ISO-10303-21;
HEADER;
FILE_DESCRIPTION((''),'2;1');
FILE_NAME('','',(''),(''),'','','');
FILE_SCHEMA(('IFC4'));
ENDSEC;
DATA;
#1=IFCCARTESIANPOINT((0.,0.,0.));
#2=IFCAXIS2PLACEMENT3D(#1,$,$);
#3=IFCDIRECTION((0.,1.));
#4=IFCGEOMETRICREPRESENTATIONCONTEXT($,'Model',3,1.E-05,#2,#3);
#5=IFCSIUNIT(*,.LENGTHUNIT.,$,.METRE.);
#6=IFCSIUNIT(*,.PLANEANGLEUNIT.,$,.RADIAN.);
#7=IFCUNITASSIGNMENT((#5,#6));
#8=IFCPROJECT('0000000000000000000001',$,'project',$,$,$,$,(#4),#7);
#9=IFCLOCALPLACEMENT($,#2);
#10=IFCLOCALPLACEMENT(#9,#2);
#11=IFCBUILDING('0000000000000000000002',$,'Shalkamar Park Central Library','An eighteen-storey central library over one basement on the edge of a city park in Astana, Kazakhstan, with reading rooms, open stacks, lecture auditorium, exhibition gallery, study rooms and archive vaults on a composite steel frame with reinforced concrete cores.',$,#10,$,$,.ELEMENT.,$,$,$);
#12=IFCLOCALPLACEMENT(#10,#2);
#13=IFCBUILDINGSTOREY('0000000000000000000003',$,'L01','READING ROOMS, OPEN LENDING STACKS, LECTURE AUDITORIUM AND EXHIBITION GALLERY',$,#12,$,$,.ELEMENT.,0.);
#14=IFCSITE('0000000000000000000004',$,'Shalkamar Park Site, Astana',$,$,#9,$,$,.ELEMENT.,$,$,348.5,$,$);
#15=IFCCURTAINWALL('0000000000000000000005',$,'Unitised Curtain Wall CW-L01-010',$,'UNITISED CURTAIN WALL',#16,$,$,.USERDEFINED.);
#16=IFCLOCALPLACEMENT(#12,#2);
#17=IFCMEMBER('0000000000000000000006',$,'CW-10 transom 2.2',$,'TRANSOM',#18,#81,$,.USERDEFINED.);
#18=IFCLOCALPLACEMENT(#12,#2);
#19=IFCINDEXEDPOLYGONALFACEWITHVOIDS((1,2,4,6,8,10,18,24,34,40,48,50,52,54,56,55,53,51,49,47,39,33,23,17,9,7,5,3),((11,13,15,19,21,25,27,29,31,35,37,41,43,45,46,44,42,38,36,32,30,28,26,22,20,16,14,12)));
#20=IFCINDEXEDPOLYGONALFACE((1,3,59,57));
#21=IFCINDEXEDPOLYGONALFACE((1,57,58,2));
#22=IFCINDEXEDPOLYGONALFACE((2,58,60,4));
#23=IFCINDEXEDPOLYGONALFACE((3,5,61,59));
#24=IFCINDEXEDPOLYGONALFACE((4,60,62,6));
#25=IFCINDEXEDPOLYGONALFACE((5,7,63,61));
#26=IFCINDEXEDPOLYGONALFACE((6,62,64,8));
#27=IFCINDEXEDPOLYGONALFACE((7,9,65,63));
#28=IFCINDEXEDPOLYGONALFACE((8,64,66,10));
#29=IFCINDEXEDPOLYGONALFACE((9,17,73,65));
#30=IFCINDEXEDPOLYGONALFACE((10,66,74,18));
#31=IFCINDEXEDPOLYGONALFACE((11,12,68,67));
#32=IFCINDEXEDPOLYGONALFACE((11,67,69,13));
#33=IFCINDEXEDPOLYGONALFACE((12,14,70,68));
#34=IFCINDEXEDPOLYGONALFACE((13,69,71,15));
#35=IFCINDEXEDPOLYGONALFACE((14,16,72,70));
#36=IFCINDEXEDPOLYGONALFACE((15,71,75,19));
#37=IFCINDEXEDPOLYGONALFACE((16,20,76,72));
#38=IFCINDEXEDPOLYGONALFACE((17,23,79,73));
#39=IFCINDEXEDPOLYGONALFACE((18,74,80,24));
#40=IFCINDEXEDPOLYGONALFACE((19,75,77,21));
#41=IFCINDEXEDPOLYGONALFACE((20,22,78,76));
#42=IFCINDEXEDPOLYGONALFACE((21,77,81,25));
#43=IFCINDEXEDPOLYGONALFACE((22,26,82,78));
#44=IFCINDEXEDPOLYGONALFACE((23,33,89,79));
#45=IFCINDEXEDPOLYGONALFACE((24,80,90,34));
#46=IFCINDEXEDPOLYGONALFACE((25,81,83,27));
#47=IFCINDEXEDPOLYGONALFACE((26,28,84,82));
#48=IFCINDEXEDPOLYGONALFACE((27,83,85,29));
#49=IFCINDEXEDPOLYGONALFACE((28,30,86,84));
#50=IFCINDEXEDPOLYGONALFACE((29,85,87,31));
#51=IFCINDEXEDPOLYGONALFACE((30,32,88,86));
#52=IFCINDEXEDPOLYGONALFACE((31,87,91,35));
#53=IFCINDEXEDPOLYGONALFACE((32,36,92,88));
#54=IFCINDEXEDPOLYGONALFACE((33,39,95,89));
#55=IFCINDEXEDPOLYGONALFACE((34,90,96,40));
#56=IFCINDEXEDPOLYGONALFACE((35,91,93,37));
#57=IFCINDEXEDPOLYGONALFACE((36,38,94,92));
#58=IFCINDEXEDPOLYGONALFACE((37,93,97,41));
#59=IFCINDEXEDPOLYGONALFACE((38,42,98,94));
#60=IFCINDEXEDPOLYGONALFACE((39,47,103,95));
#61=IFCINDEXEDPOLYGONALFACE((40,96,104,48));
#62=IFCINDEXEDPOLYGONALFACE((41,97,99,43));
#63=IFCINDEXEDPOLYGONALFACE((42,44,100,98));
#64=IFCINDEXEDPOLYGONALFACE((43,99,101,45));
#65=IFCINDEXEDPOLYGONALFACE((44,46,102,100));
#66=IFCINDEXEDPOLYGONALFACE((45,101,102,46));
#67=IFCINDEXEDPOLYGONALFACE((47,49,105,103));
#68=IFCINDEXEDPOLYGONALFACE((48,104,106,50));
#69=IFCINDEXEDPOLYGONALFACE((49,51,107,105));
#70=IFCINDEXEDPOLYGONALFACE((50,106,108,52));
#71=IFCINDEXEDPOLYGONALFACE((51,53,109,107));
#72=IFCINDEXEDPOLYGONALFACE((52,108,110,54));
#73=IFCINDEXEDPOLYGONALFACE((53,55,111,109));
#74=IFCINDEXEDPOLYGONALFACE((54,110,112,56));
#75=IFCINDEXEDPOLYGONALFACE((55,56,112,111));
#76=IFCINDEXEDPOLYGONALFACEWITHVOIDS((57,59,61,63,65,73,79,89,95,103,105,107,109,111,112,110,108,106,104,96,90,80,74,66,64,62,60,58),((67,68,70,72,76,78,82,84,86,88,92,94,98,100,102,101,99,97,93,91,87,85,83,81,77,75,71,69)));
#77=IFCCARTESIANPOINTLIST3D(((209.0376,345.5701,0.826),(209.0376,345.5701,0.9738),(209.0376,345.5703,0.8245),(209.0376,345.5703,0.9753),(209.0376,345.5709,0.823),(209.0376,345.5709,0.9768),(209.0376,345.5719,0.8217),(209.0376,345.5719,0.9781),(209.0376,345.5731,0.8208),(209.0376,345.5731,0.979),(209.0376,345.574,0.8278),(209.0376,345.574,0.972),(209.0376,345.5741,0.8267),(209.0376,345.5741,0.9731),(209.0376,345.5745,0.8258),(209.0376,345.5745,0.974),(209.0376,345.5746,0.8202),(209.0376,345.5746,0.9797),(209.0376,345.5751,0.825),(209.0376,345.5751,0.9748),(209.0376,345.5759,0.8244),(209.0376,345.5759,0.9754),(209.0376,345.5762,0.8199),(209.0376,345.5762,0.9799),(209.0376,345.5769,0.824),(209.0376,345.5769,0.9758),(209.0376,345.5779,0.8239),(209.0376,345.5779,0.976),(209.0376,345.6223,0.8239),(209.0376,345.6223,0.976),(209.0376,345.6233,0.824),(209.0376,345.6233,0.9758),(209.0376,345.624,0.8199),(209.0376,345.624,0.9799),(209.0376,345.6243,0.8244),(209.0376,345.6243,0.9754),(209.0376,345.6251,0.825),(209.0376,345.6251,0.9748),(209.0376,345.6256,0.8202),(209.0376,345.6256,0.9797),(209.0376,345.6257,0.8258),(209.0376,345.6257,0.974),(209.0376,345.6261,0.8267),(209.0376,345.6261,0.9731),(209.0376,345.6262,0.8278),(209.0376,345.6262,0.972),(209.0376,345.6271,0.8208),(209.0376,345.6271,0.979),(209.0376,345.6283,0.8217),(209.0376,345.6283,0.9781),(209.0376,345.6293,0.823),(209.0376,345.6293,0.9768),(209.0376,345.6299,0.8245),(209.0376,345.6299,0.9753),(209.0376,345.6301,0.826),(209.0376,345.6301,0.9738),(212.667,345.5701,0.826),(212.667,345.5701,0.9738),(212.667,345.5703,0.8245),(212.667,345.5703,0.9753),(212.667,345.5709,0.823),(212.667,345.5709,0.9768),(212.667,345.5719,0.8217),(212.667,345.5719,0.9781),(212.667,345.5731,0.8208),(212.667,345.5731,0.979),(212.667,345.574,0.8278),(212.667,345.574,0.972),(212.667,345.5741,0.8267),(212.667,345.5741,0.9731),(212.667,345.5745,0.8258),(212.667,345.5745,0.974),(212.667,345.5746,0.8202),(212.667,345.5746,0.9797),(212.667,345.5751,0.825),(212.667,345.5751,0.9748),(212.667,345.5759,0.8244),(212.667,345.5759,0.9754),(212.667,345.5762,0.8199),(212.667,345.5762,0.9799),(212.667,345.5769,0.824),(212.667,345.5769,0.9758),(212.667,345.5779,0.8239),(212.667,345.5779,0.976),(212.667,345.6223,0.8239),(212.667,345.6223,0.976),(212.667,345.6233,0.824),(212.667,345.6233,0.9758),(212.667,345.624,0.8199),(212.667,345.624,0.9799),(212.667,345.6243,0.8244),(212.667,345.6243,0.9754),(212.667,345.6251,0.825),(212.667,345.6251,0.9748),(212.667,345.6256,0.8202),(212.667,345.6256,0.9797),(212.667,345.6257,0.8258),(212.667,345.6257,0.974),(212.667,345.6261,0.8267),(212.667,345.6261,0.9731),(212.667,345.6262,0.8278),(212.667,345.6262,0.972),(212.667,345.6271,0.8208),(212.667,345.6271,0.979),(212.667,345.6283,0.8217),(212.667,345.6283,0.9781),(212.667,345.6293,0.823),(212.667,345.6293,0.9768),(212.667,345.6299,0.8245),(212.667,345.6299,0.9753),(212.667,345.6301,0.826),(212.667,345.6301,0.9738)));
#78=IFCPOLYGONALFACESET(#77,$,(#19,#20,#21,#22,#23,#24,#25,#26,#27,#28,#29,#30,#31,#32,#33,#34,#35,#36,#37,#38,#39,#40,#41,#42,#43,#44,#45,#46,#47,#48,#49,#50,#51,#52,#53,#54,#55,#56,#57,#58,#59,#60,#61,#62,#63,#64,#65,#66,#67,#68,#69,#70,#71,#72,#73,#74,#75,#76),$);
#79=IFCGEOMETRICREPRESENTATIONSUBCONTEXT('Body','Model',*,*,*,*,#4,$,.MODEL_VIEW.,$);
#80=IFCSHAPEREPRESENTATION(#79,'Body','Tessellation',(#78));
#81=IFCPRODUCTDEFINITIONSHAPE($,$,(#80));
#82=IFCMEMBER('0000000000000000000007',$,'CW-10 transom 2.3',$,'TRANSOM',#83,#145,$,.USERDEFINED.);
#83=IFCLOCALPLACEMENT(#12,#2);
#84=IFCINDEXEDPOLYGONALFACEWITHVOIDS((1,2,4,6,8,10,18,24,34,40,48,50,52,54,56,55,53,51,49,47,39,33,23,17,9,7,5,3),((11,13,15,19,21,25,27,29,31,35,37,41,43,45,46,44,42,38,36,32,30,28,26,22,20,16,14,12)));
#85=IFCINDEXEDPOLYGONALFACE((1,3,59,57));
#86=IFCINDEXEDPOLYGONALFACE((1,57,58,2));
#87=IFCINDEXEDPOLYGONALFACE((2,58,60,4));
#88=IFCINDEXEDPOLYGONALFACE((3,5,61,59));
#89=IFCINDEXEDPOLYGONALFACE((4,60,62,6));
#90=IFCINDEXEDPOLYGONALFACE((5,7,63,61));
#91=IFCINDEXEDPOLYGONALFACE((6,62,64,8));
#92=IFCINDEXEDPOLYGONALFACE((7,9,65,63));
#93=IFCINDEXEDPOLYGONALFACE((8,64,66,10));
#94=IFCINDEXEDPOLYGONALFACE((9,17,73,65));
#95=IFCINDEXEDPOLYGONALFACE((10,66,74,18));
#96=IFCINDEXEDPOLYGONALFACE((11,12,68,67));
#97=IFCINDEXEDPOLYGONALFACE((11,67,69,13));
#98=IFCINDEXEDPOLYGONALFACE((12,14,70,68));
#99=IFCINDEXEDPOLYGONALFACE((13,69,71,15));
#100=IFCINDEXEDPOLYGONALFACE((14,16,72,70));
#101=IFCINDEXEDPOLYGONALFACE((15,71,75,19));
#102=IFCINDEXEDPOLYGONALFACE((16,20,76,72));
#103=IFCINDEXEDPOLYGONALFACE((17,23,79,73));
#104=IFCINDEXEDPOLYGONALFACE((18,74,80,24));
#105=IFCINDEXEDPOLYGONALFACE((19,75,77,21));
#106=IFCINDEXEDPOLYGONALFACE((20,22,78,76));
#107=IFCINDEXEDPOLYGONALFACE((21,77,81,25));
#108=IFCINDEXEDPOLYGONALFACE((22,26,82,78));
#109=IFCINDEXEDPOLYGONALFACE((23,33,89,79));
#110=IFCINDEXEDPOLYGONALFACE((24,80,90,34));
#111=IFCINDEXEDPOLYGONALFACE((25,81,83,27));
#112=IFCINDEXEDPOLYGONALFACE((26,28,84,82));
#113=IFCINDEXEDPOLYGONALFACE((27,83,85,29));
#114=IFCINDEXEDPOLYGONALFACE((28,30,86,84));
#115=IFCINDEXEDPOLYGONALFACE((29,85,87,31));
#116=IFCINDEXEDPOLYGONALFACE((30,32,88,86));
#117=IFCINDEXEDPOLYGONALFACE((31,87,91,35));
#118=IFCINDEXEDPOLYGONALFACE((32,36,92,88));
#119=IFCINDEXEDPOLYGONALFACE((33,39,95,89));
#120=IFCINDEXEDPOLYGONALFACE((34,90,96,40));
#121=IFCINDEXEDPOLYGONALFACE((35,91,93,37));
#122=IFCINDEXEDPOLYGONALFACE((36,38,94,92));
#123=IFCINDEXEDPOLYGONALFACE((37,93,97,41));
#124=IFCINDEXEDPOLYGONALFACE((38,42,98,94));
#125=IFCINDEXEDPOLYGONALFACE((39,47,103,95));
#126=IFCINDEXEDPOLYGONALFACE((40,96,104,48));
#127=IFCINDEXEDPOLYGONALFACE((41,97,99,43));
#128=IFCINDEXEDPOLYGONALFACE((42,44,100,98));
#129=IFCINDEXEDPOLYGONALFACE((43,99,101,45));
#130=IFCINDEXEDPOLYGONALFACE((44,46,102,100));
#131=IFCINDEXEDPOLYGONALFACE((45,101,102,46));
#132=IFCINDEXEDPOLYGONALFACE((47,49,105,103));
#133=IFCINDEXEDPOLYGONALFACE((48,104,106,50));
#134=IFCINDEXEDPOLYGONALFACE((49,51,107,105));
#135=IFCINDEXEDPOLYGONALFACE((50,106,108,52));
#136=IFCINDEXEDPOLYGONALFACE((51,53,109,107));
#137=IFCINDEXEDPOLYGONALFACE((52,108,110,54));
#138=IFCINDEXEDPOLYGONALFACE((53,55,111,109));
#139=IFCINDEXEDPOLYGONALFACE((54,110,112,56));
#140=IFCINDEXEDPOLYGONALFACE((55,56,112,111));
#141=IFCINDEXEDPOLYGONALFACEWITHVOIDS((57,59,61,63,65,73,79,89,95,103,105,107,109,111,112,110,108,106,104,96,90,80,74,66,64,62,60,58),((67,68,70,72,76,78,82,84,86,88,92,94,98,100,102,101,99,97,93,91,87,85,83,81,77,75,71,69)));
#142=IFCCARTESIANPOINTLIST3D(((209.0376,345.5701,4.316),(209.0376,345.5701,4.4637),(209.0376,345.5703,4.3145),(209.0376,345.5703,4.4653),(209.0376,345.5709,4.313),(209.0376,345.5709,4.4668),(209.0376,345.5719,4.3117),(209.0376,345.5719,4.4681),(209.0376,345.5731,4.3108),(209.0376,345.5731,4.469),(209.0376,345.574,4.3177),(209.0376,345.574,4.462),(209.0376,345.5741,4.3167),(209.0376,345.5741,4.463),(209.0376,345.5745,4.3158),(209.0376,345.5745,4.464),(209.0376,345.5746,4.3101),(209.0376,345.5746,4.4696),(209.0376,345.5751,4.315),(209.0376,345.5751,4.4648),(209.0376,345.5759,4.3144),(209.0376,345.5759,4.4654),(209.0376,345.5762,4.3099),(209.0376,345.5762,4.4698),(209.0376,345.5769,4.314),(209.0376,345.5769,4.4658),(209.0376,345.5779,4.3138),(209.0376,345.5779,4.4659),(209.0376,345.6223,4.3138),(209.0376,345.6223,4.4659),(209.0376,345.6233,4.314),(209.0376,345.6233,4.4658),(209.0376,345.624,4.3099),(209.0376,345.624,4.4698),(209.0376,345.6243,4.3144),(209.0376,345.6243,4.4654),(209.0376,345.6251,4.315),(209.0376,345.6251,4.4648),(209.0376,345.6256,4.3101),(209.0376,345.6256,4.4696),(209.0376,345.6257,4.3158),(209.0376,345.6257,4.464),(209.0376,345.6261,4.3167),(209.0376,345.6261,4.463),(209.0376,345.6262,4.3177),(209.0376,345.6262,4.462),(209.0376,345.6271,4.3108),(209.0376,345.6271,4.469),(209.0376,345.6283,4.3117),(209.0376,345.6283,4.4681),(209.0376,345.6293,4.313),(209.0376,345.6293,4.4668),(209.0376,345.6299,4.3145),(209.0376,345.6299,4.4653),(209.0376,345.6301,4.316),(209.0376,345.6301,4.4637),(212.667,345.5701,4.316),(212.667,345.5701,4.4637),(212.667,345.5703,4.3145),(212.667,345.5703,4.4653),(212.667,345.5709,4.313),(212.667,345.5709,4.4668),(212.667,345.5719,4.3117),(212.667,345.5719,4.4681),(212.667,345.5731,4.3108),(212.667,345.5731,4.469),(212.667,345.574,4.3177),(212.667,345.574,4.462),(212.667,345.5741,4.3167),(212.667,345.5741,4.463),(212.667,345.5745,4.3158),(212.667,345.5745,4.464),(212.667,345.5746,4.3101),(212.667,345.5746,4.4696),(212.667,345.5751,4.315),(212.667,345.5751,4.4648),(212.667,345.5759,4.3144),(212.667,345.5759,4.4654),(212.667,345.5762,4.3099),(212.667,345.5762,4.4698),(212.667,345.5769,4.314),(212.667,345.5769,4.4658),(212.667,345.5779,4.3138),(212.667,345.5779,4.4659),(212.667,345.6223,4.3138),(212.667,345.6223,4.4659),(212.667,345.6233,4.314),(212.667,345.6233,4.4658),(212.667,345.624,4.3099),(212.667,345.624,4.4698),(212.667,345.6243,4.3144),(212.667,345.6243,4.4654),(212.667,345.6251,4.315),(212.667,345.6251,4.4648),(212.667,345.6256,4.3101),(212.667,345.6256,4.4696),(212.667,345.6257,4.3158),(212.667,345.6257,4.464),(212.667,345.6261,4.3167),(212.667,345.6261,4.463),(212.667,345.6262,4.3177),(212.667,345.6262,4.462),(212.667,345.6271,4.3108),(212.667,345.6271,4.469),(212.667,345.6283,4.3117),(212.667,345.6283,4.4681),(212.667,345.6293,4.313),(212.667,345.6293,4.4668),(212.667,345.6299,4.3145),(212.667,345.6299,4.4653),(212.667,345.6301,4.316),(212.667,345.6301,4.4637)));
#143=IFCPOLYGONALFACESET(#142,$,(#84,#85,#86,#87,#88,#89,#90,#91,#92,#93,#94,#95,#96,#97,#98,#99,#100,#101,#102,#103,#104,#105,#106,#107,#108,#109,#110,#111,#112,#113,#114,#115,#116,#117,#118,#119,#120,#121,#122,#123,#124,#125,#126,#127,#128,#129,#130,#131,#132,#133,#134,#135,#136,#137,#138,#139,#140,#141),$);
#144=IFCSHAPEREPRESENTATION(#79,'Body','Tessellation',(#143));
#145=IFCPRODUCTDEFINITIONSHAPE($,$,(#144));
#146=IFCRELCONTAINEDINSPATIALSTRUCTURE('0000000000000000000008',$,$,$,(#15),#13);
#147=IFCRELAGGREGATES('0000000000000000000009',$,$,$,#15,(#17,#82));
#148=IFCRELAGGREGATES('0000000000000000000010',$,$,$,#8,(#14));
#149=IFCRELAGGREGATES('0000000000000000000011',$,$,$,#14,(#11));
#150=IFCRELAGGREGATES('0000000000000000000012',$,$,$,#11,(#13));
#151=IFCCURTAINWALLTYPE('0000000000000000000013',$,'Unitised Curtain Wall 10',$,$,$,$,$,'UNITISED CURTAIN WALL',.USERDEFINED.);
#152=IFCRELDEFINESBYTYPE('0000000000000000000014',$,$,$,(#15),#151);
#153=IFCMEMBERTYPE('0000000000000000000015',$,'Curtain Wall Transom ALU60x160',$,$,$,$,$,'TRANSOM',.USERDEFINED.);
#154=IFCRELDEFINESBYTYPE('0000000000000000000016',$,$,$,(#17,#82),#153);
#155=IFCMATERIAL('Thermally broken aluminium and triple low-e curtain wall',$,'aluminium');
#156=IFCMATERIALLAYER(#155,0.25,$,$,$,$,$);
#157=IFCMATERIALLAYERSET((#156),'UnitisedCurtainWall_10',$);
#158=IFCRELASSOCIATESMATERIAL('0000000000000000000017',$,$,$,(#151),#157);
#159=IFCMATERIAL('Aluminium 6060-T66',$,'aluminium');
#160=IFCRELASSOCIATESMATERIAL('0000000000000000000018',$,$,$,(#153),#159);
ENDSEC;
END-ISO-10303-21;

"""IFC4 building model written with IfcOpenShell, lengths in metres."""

from ifc_helpers import new_model, si_unit, direction, frame, origin, origin_2d, place, context, subcontext, project, spatial, hollow_rectangle, extrude, material, layer, layer_set, material_profile, profile_set, type_object, element, aggregate, save


model = new_model("IFC4")

# Units and contexts
model_context = context("Model", 3, precision=1e-05, world=origin(), true_north=direction((0.0, 1.0)))
body_context = subcontext(model_context, "Body", "Model", "MODEL_VIEW")
ifc_project = project(units=[si_unit("LENGTHUNIT", "METRE"), si_unit("PLANEANGLEUNIT", "RADIAN")], contexts=[model_context])

# Site, building, storey
site_placement = place(None, origin())
site = spatial("IfcSite", under=ifc_project, at=site_placement, Name="Shalkamar Park Site, Astana", CompositionType="ELEMENT", RefElevation=348.5)
building_placement = place(site_placement, origin())
building = spatial("IfcBuilding", under=site, at=building_placement, Name="Shalkamar Park Central Library", Description="An eighteen-storey central library over one basement on the edge of a city park in Astana, Kazakhstan, with reading rooms, open stacks, lecture auditorium, exhibition gallery, study rooms and archive vaults on a composite steel frame with reinforced concrete cores.", CompositionType="ELEMENT")
storey_placement = place(building_placement, origin())
storey = spatial("IfcBuildingStorey", under=building, at=storey_placement, Name="L01", Description="READING ROOMS, OPEN LENDING STACKS, LECTURE AUDITORIUM AND EXHIBITION GALLERY", CompositionType="ELEMENT", Elevation=0.0)

# Curtain wall, members
ifc_material_1 = material(Name="Thermally broken aluminium and triple low-e curtain wall", Category="aluminium")
ifc_layer_1 = layer(ifc_material_1, 0.25)
ifc_layer_set_1 = layer_set([ifc_layer_1], Name="UnitisedCurtainWall_10")
curtain_wall_type = type_object("IfcCurtainWallType", Name="Unitised Curtain Wall 10", ElementType="UNITISED CURTAIN WALL", PredefinedType="USERDEFINED", material=ifc_layer_set_1)
curtain_wall_placement = place(storey_placement, origin())
curtain_wall = element("IfcCurtainWall", 1, at=curtain_wall_placement, inside=storey, type_object=curtain_wall_type, Name="Unitised Curtain Wall CW-L01-010", ObjectType="UNITISED CURTAIN WALL", PredefinedType="USERDEFINED")
ifc_material_2 = material(Name="Aluminium 6060-T66", Category="aluminium")
ifc_material_profile_1 = material_profile(ifc_material_2, hollow_rectangle(XDim=0.0601, YDim=0.1599, WallThickness=0.0039, InnerFilletRadius=0.0039, OuterFilletRadius=0.0061, at=origin_2d()), Name="ALU 60x160x4")
ifc_profile_set_1 = profile_set([ifc_material_profile_1], Name="Aluminium 6060-T66")
member_type_1 = type_object("IfcMemberType", Name="Curtain Wall Transom ALU60x160", ElementType="TRANSOM", PredefinedType="USERDEFINED", material=ifc_profile_set_1)
member_1_placement = place(storey_placement, frame((209.0376, 345.6001, 0.8999), z_axis=(1.0, 0.0, 0.0), x_axis=(0.0, 1.0, 0.0)))
member_1 = element("IfcMember", 2, at=member_1_placement, type_object=member_type_1, Name="CW-10 transom 2.2", ObjectType="TRANSOM", PredefinedType="USERDEFINED", context=body_context, shape_type="SweptSolid", body=[
    extrude(hollow_rectangle(XDim=0.0601, YDim=0.1599, WallThickness=0.0039, InnerFilletRadius=0.0039, OuterFilletRadius=0.0061, at=origin_2d()), origin(), (0.0, 0.0, 1.0), 3.6294),
])
member_2_placement = place(storey_placement, frame((209.0376, 345.6001, 4.3899), z_axis=(1.0, 0.0, 0.0), x_axis=(0.0, 1.0, 0.0)))
member_2 = element("IfcMember", 3, at=member_2_placement, type_object=member_type_1, Name="CW-10 transom 2.3", ObjectType="TRANSOM", PredefinedType="USERDEFINED", context=body_context, shape_type="SweptSolid", body=[
    extrude(hollow_rectangle(XDim=0.0601, YDim=0.1599, WallThickness=0.0039, InnerFilletRadius=0.0039, OuterFilletRadius=0.0061, at=origin_2d()), origin(), (0.0, 0.0, 1.0), 3.6294),
])

aggregate(curtain_wall, [member_1, member_2])

save(model, "model.ifc")
